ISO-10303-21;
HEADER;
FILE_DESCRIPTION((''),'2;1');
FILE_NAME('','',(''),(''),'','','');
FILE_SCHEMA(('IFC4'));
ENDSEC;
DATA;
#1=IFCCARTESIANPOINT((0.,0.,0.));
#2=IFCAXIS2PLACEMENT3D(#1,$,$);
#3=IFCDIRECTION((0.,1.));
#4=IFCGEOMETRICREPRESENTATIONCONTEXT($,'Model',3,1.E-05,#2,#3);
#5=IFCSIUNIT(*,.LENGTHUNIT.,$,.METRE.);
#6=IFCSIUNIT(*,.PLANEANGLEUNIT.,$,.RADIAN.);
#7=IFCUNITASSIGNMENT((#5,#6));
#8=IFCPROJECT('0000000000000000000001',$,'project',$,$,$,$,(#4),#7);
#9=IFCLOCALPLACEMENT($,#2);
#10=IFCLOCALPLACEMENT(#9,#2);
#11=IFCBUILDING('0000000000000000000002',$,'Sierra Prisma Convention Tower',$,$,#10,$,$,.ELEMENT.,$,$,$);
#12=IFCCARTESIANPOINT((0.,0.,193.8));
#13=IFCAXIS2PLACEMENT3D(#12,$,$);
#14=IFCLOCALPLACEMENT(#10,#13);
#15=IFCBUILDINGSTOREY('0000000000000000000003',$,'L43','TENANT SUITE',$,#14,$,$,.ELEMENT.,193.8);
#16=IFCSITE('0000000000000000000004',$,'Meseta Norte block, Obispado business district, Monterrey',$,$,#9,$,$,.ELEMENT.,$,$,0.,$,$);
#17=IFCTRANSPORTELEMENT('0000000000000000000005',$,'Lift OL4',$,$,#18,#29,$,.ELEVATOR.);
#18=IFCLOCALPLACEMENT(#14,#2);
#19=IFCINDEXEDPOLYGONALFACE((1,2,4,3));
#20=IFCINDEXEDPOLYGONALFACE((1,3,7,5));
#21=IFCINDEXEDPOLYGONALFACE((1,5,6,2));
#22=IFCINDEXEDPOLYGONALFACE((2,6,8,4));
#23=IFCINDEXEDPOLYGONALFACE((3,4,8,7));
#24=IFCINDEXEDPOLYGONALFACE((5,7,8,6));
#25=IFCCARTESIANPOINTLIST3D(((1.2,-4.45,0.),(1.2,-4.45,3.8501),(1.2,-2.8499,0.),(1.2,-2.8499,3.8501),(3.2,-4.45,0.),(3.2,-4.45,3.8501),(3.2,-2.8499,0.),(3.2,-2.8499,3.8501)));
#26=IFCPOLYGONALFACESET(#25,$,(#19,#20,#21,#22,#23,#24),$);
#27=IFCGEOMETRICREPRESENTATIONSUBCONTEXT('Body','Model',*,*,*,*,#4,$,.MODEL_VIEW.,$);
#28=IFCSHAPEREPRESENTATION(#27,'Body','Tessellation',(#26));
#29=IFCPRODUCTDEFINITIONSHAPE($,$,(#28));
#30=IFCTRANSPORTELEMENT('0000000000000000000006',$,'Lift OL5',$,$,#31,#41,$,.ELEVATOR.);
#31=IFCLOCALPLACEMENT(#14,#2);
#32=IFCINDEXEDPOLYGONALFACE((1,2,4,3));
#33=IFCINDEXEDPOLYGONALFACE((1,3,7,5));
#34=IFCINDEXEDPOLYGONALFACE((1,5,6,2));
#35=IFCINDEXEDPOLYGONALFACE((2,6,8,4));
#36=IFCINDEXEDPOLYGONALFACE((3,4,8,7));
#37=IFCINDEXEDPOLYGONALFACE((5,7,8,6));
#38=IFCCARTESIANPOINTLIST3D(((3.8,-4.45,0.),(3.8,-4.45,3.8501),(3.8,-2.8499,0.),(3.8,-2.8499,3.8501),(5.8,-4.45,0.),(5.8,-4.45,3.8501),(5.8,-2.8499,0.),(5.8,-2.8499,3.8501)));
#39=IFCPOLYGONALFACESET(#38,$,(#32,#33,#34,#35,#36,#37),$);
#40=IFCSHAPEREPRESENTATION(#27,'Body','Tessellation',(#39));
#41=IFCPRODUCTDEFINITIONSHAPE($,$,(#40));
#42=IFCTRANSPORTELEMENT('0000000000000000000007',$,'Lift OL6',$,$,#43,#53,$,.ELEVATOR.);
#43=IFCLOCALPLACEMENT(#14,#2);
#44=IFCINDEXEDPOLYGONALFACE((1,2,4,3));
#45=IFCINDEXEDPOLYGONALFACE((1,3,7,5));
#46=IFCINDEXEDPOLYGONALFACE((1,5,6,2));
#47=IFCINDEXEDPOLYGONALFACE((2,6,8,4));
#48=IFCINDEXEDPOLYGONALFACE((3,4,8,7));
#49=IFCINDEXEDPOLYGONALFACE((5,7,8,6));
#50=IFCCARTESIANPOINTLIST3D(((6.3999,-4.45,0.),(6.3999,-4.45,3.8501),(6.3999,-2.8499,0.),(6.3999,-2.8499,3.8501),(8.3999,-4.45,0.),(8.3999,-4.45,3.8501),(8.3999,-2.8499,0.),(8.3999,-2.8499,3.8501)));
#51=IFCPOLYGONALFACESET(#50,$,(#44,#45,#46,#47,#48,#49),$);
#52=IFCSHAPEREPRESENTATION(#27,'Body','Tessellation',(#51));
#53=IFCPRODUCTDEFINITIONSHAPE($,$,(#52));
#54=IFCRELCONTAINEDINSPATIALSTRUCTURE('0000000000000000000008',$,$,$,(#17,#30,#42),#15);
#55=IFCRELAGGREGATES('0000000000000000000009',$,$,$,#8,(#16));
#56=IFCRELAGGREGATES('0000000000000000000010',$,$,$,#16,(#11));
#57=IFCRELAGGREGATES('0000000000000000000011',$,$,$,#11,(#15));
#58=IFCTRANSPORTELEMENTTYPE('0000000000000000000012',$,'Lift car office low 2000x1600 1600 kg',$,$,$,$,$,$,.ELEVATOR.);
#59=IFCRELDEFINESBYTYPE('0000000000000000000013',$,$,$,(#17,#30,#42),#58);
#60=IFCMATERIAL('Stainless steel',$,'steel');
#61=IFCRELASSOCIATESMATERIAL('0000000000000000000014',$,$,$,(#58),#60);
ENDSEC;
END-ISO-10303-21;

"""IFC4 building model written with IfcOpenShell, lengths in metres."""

from ifc_helpers import new_model, si_unit, direction, frame, origin, origin_2d, place, context, subcontext, project, spatial, rectangle, extrude, material, type_object, element, save


model = new_model("IFC4")

# Units and contexts
model_context = context("Model", 3, precision=1e-05, world=origin(), true_north=direction((0.0, 1.0)))
body_context = subcontext(model_context, "Body", "Model", "MODEL_VIEW")
ifc_project = project(units=[si_unit("LENGTHUNIT", "METRE"), si_unit("PLANEANGLEUNIT", "RADIAN")], contexts=[model_context])

# Site, building, storey
site_placement = place(None, origin())
site = spatial("IfcSite", under=ifc_project, at=site_placement, Name="Meseta Norte block, Obispado business district, Monterrey", CompositionType="ELEMENT", RefElevation=0.0)
building_placement = place(site_placement, origin())
building = spatial("IfcBuilding", under=site, at=building_placement, Name="Sierra Prisma Convention Tower", CompositionType="ELEMENT")
storey_placement = place(building_placement, frame((0.0, 0.0, 193.8)))
storey = spatial("IfcBuildingStorey", under=building, at=storey_placement, Name="L43", Description="TENANT SUITE", CompositionType="ELEMENT", Elevation=193.8)

# Transport elements
ifc_material_1 = material(Name="Stainless steel", Category="steel")
transport_element_type = type_object("IfcTransportElementType", Name="Lift car office low 2000x1600 1600 kg", PredefinedType="ELEVATOR", material=ifc_material_1)
for number, where, z_axis, x_axis, name in (
    (1, (2.2, -3.6499, 0.0), (0.0, 0.0, 1.0), (1.0, 0.0, 0.0), "Lift OL4"),
    (2, (4.8, -3.6499, 0.0), (0.0, 0.0, 1.0), (1.0, 0.0, 0.0), "Lift OL5"),
    (3, (7.3999, -3.6499, 0.0), (0.0, 0.0, 1.0), (1.0, 0.0, 0.0), "Lift OL6"),
):
    element("IfcTransportElement", number, at=place(storey_placement, frame(where, z_axis=z_axis, x_axis=x_axis)), inside=storey, type_object=transport_element_type, Name=name, PredefinedType="ELEVATOR", context=body_context, shape_type="SweptSolid", body=[
        extrude(rectangle(XDim=2.0, YDim=1.6001, at=origin_2d()), origin(), (0.0, 0.0, 1.0), 3.8501),
    ])

save(model, "model.ifc")
